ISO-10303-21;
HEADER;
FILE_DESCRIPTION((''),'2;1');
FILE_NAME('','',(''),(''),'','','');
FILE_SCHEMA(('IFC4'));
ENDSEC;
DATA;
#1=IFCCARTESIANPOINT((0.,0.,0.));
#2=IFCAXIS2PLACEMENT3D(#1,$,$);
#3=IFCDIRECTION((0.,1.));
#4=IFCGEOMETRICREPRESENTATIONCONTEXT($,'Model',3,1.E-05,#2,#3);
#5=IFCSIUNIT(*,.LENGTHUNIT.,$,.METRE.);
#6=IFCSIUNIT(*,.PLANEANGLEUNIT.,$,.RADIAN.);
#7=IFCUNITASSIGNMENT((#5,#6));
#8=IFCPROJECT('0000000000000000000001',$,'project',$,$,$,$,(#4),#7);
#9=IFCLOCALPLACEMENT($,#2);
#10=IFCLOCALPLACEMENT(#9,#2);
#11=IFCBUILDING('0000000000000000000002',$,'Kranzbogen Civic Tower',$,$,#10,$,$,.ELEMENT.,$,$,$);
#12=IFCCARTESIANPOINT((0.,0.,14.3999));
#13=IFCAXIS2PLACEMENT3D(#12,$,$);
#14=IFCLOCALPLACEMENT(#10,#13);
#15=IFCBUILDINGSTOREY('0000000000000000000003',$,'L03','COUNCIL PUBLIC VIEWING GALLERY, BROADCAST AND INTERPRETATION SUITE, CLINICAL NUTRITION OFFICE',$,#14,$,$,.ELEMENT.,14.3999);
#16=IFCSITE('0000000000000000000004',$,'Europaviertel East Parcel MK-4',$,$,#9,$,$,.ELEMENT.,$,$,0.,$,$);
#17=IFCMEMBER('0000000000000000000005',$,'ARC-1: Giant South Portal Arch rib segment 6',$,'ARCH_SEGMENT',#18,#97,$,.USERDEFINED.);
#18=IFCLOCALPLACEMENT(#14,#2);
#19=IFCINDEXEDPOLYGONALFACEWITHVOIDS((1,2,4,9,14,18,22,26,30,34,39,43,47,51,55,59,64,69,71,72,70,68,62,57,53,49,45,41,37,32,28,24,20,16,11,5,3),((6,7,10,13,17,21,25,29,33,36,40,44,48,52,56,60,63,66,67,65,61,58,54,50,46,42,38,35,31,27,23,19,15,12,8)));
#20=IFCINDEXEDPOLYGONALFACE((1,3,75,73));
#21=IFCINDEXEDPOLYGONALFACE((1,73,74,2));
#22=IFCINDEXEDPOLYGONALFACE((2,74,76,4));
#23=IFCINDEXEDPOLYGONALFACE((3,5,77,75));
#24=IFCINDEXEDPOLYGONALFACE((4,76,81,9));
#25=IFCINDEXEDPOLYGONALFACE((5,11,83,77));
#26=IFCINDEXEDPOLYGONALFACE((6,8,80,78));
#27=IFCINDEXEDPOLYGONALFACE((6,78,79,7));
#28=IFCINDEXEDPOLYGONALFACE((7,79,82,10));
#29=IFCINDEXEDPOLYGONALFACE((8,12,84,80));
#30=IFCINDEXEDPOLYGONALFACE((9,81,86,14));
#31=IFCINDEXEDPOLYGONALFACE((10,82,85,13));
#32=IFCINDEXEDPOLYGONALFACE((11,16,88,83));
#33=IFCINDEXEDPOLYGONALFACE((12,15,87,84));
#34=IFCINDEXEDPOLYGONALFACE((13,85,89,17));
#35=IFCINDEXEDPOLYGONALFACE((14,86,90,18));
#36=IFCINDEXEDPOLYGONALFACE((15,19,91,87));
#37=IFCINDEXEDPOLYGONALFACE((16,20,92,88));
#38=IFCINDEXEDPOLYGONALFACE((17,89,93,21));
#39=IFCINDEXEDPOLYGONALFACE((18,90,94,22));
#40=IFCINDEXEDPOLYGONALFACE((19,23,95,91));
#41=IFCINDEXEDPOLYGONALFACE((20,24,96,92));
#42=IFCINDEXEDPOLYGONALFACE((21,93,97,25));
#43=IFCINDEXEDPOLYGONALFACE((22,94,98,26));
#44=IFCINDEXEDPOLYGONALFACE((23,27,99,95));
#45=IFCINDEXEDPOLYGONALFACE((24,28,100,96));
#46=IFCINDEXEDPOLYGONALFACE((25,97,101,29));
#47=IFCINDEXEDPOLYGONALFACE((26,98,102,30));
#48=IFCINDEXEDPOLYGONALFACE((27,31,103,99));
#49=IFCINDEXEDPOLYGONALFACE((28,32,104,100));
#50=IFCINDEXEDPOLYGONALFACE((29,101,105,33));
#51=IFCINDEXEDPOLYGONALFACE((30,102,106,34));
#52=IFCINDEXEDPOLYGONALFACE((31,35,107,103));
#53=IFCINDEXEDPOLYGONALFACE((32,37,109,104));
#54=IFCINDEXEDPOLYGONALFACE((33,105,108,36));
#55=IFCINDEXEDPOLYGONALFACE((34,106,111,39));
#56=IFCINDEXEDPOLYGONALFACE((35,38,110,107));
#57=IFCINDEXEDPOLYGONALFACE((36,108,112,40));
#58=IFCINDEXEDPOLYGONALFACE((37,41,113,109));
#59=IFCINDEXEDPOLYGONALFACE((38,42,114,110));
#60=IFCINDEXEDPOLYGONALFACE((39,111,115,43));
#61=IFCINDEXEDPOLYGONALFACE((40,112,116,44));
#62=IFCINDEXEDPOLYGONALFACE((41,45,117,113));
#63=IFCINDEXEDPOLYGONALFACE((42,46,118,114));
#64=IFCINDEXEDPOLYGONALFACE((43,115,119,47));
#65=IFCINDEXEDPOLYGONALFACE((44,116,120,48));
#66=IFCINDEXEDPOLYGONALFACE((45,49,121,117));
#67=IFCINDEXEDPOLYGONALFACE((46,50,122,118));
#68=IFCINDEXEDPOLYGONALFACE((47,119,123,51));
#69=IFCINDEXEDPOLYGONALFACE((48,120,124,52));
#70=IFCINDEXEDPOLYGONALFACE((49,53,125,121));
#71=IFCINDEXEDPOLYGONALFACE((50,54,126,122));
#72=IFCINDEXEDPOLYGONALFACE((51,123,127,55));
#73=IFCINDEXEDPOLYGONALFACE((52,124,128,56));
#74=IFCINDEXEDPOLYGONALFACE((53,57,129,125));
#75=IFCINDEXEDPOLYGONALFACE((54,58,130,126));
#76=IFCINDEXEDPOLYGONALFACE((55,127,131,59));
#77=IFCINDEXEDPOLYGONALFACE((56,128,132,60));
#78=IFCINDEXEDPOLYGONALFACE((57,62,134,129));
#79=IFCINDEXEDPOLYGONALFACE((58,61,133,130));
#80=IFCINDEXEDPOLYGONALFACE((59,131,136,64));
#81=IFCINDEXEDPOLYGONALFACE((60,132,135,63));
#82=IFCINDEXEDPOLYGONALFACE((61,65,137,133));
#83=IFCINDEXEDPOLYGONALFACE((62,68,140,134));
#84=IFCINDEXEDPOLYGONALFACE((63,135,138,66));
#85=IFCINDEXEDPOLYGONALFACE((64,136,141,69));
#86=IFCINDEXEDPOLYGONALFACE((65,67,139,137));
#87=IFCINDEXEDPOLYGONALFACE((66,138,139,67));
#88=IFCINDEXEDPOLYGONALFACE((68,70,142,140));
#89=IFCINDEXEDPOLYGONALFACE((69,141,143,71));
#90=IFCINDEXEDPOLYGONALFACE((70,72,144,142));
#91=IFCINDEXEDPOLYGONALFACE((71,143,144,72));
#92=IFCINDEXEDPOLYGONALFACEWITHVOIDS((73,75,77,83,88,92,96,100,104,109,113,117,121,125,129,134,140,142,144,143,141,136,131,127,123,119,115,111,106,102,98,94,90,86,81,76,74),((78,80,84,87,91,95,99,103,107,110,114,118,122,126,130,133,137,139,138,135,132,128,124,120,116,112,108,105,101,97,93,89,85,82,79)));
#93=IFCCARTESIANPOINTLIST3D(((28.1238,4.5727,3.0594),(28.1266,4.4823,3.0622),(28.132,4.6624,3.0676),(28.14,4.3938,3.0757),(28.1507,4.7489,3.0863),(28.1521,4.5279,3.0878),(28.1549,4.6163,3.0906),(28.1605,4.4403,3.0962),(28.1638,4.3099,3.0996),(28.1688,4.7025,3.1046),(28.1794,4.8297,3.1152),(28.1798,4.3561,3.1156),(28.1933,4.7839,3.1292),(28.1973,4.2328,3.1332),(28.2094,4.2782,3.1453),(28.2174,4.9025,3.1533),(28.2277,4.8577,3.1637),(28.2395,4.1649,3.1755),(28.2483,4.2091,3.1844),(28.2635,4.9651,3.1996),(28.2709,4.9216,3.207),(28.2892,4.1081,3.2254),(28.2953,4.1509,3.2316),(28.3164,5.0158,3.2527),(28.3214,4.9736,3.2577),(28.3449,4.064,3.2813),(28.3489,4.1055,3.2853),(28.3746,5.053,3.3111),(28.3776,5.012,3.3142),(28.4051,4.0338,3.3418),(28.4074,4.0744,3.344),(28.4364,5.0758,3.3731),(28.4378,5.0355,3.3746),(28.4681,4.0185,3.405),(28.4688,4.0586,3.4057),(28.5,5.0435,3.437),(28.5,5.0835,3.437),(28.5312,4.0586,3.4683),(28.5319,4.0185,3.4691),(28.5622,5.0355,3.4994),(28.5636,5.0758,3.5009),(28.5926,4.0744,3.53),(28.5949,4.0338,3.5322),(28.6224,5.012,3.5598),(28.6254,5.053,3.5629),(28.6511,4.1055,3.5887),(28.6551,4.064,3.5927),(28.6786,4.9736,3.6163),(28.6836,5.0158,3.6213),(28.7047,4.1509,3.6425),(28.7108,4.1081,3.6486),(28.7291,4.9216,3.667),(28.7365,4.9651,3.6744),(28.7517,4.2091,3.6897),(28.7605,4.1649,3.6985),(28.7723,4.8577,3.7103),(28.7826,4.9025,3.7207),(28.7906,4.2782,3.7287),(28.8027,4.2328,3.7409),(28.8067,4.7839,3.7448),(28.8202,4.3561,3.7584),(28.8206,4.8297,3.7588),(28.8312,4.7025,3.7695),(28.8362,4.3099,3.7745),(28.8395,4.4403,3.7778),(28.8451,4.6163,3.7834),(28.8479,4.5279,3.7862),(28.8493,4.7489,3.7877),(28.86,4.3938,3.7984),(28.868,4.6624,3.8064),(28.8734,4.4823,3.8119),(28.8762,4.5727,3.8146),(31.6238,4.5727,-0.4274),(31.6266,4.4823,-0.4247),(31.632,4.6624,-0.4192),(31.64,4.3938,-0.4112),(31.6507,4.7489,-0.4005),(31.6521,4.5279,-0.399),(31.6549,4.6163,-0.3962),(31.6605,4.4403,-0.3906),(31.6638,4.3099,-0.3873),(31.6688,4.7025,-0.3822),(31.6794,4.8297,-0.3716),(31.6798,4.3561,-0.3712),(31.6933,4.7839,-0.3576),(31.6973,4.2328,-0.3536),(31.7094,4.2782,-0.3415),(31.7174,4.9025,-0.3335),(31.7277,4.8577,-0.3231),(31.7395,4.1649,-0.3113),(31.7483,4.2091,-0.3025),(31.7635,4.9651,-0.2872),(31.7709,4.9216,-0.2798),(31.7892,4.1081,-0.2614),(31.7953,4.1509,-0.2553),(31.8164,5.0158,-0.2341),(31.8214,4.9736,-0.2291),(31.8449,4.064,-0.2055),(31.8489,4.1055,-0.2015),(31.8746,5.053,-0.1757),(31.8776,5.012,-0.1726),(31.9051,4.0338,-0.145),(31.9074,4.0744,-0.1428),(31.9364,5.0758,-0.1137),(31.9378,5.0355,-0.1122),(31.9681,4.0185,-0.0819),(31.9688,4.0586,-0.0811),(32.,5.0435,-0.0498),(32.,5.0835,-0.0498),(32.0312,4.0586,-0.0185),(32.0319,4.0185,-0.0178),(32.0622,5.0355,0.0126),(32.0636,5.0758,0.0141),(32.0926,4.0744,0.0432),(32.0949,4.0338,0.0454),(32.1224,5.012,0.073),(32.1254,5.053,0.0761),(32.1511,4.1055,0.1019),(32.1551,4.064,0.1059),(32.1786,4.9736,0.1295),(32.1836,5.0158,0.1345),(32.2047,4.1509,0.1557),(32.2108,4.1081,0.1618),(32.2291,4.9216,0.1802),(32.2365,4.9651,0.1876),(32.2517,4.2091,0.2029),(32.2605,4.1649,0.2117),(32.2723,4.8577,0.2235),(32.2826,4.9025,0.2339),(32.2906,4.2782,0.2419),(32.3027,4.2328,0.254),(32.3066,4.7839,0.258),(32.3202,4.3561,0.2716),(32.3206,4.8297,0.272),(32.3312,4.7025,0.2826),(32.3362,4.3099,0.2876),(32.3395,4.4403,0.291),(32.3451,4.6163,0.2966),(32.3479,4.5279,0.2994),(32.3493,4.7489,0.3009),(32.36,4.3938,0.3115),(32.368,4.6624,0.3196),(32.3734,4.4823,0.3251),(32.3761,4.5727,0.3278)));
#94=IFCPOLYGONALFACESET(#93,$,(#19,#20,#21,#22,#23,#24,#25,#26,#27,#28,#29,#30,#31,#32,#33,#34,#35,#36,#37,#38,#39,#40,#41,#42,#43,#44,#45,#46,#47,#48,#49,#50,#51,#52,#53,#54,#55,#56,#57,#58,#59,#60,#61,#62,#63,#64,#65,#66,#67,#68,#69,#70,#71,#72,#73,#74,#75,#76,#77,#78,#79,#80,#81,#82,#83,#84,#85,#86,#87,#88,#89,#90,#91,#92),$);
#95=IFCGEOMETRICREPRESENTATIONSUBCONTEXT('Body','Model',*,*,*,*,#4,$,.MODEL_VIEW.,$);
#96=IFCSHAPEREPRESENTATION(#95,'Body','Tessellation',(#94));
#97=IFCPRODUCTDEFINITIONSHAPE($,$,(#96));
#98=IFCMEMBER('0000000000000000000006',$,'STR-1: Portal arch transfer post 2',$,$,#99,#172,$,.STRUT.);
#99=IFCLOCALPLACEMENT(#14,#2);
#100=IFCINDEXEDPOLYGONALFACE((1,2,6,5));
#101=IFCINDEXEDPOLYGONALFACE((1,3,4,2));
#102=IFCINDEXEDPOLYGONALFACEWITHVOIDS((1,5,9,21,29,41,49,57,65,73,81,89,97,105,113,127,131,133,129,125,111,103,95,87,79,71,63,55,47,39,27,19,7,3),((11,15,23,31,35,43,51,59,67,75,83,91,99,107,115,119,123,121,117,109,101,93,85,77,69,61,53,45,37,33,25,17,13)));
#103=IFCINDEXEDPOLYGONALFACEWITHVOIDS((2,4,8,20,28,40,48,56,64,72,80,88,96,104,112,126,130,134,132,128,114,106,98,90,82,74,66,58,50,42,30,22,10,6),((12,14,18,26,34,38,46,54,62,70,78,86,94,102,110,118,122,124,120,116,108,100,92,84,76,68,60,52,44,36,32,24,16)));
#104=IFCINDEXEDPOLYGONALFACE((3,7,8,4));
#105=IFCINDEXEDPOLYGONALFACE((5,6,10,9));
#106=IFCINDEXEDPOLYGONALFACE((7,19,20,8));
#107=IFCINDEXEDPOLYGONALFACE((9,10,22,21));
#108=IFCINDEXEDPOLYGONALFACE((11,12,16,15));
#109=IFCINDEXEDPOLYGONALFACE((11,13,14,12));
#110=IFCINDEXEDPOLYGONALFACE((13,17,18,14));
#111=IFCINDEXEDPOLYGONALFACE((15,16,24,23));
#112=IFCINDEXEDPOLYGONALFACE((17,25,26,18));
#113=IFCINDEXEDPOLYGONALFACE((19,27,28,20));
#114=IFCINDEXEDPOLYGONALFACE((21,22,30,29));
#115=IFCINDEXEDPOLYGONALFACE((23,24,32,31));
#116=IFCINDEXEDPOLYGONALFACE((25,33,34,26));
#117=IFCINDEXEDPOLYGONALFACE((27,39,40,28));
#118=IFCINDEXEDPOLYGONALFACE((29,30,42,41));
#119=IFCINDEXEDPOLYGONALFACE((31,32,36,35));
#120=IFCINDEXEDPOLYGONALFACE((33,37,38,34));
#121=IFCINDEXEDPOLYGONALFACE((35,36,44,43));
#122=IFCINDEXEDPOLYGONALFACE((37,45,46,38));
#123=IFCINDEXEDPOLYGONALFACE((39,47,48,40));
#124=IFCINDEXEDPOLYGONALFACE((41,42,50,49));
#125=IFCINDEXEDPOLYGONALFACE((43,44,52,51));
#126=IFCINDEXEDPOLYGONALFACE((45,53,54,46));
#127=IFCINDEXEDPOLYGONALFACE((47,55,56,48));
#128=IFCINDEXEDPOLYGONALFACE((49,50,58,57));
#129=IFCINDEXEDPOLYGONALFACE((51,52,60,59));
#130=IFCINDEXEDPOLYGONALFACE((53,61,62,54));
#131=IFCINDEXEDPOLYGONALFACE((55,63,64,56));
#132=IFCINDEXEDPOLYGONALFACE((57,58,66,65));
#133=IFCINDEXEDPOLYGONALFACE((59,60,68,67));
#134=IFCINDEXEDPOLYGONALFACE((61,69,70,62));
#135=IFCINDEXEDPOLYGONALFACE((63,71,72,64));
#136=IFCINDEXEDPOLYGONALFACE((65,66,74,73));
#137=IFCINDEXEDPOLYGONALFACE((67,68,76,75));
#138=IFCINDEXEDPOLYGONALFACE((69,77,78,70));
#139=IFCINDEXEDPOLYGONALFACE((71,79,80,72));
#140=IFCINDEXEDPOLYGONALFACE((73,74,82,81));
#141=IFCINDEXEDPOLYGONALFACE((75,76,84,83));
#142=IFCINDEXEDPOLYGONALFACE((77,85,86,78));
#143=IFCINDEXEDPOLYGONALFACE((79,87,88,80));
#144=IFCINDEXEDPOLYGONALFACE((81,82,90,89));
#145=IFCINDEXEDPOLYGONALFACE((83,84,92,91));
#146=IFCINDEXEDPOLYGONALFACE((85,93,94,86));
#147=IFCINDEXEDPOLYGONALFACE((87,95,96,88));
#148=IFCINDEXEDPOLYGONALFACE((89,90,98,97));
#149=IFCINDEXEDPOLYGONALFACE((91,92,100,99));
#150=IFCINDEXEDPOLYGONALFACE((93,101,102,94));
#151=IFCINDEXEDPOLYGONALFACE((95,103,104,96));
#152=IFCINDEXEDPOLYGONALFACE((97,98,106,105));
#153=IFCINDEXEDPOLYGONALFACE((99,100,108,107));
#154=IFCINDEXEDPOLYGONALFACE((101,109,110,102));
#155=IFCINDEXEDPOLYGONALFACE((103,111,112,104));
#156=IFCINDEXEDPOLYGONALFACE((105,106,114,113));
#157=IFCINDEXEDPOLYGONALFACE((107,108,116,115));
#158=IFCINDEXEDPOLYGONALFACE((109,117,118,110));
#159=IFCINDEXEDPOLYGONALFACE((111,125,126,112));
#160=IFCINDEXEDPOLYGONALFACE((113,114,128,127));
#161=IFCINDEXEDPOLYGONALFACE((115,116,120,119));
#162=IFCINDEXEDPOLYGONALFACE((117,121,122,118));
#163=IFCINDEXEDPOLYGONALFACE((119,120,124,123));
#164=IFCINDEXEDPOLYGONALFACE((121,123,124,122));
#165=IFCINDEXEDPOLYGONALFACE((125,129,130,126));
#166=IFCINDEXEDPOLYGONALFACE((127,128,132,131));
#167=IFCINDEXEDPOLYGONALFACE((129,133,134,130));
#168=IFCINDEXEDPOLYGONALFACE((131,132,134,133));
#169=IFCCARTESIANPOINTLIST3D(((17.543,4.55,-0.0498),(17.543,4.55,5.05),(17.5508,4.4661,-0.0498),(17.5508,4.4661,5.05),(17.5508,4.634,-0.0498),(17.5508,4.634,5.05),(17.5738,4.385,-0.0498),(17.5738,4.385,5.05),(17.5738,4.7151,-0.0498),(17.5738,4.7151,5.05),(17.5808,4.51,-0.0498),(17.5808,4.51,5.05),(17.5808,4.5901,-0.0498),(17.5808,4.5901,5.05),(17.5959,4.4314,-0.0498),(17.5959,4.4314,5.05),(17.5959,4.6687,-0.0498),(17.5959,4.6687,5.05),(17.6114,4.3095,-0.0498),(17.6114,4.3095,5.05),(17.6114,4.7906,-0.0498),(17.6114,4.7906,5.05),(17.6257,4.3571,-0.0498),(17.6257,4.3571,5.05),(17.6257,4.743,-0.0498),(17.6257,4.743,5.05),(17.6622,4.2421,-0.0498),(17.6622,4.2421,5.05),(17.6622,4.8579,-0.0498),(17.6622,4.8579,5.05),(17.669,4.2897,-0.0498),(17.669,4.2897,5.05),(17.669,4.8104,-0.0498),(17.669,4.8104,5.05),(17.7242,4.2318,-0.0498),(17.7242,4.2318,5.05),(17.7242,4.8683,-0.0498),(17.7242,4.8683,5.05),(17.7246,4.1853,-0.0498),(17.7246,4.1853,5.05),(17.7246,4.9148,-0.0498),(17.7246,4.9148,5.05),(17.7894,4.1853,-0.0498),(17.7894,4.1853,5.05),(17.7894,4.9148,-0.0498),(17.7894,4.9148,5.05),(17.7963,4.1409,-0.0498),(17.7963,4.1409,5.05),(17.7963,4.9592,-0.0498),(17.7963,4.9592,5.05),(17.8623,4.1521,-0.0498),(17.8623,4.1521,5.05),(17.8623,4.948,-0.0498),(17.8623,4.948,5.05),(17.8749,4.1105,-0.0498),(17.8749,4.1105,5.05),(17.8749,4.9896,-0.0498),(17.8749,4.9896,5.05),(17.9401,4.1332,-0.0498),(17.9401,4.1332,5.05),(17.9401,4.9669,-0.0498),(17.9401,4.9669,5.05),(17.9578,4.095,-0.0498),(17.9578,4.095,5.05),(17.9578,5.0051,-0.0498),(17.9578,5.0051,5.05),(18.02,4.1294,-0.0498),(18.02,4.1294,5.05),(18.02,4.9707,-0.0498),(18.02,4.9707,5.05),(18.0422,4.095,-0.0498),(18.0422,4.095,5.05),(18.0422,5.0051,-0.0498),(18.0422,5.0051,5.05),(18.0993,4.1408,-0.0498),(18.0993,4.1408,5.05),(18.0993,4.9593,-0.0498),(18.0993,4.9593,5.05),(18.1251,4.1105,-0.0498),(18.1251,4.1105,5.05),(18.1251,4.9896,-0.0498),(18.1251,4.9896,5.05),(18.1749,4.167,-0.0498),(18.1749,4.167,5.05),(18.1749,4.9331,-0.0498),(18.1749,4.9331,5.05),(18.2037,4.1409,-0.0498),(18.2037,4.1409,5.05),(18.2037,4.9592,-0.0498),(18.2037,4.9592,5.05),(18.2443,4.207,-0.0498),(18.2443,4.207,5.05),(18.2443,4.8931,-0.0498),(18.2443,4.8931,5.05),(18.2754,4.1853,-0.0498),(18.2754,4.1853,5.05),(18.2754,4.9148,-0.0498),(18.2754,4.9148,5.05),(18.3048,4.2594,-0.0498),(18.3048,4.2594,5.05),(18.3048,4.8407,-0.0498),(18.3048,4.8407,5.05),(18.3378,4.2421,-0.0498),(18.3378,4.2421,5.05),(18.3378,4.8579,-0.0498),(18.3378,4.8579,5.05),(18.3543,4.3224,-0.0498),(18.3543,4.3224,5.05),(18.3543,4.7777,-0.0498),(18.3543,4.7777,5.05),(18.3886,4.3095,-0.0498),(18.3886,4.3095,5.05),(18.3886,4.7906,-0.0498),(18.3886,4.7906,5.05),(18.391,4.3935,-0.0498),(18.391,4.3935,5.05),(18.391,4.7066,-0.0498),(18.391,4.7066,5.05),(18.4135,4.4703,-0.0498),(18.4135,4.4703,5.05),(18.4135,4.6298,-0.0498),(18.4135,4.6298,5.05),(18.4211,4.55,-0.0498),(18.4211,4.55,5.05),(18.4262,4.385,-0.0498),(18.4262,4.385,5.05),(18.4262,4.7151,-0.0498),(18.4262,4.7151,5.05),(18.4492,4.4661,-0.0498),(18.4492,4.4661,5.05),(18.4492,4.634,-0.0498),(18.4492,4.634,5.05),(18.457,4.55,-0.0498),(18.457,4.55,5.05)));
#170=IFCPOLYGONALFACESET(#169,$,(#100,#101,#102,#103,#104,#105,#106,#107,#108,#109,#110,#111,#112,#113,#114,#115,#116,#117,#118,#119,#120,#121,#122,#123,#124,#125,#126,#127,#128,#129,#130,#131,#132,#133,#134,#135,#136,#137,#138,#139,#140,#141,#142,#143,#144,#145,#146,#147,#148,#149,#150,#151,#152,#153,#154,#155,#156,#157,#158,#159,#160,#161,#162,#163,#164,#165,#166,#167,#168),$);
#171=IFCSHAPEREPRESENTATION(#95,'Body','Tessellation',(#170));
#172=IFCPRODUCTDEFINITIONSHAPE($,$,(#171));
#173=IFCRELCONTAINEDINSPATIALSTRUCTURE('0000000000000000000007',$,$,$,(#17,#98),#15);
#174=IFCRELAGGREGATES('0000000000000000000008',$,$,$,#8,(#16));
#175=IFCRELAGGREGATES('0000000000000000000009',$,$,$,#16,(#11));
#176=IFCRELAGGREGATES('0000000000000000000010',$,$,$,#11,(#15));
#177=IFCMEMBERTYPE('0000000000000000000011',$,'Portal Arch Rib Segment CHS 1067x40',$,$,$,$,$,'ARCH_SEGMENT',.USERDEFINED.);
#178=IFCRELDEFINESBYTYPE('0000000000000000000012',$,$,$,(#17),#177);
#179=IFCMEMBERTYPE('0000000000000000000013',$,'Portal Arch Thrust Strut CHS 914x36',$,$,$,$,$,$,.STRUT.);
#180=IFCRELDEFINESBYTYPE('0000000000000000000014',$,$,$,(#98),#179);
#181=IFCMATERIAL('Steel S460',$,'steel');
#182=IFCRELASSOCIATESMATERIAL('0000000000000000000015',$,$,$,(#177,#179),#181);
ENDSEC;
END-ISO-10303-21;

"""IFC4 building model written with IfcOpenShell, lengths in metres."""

from ifc_helpers import new_model, si_unit, direction, frame, origin, origin_2d, place, context, subcontext, project, spatial, hollow_circle, extrude, material, material_profile, profile_set, type_object, element, save


model = new_model("IFC4")

# Units and contexts
model_context = context("Model", 3, precision=1e-05, world=origin(), true_north=direction((0.0, 1.0)))
body_context = subcontext(model_context, "Body", "Model", "MODEL_VIEW")
ifc_project = project(units=[si_unit("LENGTHUNIT", "METRE"), si_unit("PLANEANGLEUNIT", "RADIAN")], contexts=[model_context])

# Site, building, storey
site_placement = place(None, origin())
site = spatial("IfcSite", under=ifc_project, at=site_placement, Name="Europaviertel East Parcel MK-4", CompositionType="ELEMENT", RefElevation=0.0)
building_placement = place(site_placement, origin())
building = spatial("IfcBuilding", under=site, at=building_placement, Name="Kranzbogen Civic Tower", CompositionType="ELEMENT")
storey_placement = place(building_placement, frame((0.0, 0.0, 14.3999)))
storey = spatial("IfcBuildingStorey", under=building, at=storey_placement, Name="L03", Description="COUNCIL PUBLIC VIEWING GALLERY, BROADCAST AND INTERPRETATION SUITE, CLINICAL NUTRITION OFFICE", CompositionType="ELEMENT", Elevation=14.3999)

# Members
ifc_material_1 = material(Name="Steel S460", Category="steel")
ifc_material_profile_1 = material_profile(ifc_material_1, hollow_circle(Radius=0.5334, WallThickness=0.04, at=origin_2d()), Name="CHS 1067x40")
ifc_profile_set_1 = profile_set([ifc_material_profile_1], Name="Steel S460")
member_type_1 = type_object("IfcMemberType", Name="Portal Arch Rib Segment CHS 1067x40", ElementType="ARCH_SEGMENT", PredefinedType="USERDEFINED", material=ifc_profile_set_1)
member_1_placement = place(storey_placement, frame((28.5, 4.55, 3.437), z_axis=(0.70844, 0.0, -0.705771), x_axis=(0.0, 1.0, 0.0)))
element("IfcMember", 1, at=member_1_placement, inside=storey, type_object=member_type_1, Name="ARC-1: Giant South Portal Arch rib segment 6", ObjectType="ARCH_SEGMENT", PredefinedType="USERDEFINED", context=body_context, shape_type="SweptSolid", body=[
    extrude(hollow_circle(Radius=0.5334, WallThickness=0.04, at=origin_2d()), origin(), (0.0, 0.0, 1.0), 4.9404),
])
ifc_material_profile_2 = material_profile(ifc_material_1, hollow_circle(Radius=0.457, WallThickness=0.0359, at=origin_2d()), Name="CHS 914x36")
ifc_profile_set_2 = profile_set([ifc_material_profile_2], Name="Steel S460")
member_type_2 = type_object("IfcMemberType", Name="Portal Arch Thrust Strut CHS 914x36", PredefinedType="STRUT", material=ifc_profile_set_2)
member_2_placement = place(storey_placement, frame((18.0, 4.55, -0.0498), z_axis=(0.0, 0.0, 1.0), x_axis=(1.0, 0.0, 0.0)))
element("IfcMember", 2, at=member_2_placement, inside=storey, type_object=member_type_2, Name="STR-1: Portal arch transfer post 2", PredefinedType="STRUT", context=body_context, shape_type="SweptSolid", body=[
    extrude(hollow_circle(Radius=0.457, WallThickness=0.0359, at=origin_2d()), origin(), (0.0, 0.0, 1.0), 5.0999),
])

save(model, "model.ifc")
